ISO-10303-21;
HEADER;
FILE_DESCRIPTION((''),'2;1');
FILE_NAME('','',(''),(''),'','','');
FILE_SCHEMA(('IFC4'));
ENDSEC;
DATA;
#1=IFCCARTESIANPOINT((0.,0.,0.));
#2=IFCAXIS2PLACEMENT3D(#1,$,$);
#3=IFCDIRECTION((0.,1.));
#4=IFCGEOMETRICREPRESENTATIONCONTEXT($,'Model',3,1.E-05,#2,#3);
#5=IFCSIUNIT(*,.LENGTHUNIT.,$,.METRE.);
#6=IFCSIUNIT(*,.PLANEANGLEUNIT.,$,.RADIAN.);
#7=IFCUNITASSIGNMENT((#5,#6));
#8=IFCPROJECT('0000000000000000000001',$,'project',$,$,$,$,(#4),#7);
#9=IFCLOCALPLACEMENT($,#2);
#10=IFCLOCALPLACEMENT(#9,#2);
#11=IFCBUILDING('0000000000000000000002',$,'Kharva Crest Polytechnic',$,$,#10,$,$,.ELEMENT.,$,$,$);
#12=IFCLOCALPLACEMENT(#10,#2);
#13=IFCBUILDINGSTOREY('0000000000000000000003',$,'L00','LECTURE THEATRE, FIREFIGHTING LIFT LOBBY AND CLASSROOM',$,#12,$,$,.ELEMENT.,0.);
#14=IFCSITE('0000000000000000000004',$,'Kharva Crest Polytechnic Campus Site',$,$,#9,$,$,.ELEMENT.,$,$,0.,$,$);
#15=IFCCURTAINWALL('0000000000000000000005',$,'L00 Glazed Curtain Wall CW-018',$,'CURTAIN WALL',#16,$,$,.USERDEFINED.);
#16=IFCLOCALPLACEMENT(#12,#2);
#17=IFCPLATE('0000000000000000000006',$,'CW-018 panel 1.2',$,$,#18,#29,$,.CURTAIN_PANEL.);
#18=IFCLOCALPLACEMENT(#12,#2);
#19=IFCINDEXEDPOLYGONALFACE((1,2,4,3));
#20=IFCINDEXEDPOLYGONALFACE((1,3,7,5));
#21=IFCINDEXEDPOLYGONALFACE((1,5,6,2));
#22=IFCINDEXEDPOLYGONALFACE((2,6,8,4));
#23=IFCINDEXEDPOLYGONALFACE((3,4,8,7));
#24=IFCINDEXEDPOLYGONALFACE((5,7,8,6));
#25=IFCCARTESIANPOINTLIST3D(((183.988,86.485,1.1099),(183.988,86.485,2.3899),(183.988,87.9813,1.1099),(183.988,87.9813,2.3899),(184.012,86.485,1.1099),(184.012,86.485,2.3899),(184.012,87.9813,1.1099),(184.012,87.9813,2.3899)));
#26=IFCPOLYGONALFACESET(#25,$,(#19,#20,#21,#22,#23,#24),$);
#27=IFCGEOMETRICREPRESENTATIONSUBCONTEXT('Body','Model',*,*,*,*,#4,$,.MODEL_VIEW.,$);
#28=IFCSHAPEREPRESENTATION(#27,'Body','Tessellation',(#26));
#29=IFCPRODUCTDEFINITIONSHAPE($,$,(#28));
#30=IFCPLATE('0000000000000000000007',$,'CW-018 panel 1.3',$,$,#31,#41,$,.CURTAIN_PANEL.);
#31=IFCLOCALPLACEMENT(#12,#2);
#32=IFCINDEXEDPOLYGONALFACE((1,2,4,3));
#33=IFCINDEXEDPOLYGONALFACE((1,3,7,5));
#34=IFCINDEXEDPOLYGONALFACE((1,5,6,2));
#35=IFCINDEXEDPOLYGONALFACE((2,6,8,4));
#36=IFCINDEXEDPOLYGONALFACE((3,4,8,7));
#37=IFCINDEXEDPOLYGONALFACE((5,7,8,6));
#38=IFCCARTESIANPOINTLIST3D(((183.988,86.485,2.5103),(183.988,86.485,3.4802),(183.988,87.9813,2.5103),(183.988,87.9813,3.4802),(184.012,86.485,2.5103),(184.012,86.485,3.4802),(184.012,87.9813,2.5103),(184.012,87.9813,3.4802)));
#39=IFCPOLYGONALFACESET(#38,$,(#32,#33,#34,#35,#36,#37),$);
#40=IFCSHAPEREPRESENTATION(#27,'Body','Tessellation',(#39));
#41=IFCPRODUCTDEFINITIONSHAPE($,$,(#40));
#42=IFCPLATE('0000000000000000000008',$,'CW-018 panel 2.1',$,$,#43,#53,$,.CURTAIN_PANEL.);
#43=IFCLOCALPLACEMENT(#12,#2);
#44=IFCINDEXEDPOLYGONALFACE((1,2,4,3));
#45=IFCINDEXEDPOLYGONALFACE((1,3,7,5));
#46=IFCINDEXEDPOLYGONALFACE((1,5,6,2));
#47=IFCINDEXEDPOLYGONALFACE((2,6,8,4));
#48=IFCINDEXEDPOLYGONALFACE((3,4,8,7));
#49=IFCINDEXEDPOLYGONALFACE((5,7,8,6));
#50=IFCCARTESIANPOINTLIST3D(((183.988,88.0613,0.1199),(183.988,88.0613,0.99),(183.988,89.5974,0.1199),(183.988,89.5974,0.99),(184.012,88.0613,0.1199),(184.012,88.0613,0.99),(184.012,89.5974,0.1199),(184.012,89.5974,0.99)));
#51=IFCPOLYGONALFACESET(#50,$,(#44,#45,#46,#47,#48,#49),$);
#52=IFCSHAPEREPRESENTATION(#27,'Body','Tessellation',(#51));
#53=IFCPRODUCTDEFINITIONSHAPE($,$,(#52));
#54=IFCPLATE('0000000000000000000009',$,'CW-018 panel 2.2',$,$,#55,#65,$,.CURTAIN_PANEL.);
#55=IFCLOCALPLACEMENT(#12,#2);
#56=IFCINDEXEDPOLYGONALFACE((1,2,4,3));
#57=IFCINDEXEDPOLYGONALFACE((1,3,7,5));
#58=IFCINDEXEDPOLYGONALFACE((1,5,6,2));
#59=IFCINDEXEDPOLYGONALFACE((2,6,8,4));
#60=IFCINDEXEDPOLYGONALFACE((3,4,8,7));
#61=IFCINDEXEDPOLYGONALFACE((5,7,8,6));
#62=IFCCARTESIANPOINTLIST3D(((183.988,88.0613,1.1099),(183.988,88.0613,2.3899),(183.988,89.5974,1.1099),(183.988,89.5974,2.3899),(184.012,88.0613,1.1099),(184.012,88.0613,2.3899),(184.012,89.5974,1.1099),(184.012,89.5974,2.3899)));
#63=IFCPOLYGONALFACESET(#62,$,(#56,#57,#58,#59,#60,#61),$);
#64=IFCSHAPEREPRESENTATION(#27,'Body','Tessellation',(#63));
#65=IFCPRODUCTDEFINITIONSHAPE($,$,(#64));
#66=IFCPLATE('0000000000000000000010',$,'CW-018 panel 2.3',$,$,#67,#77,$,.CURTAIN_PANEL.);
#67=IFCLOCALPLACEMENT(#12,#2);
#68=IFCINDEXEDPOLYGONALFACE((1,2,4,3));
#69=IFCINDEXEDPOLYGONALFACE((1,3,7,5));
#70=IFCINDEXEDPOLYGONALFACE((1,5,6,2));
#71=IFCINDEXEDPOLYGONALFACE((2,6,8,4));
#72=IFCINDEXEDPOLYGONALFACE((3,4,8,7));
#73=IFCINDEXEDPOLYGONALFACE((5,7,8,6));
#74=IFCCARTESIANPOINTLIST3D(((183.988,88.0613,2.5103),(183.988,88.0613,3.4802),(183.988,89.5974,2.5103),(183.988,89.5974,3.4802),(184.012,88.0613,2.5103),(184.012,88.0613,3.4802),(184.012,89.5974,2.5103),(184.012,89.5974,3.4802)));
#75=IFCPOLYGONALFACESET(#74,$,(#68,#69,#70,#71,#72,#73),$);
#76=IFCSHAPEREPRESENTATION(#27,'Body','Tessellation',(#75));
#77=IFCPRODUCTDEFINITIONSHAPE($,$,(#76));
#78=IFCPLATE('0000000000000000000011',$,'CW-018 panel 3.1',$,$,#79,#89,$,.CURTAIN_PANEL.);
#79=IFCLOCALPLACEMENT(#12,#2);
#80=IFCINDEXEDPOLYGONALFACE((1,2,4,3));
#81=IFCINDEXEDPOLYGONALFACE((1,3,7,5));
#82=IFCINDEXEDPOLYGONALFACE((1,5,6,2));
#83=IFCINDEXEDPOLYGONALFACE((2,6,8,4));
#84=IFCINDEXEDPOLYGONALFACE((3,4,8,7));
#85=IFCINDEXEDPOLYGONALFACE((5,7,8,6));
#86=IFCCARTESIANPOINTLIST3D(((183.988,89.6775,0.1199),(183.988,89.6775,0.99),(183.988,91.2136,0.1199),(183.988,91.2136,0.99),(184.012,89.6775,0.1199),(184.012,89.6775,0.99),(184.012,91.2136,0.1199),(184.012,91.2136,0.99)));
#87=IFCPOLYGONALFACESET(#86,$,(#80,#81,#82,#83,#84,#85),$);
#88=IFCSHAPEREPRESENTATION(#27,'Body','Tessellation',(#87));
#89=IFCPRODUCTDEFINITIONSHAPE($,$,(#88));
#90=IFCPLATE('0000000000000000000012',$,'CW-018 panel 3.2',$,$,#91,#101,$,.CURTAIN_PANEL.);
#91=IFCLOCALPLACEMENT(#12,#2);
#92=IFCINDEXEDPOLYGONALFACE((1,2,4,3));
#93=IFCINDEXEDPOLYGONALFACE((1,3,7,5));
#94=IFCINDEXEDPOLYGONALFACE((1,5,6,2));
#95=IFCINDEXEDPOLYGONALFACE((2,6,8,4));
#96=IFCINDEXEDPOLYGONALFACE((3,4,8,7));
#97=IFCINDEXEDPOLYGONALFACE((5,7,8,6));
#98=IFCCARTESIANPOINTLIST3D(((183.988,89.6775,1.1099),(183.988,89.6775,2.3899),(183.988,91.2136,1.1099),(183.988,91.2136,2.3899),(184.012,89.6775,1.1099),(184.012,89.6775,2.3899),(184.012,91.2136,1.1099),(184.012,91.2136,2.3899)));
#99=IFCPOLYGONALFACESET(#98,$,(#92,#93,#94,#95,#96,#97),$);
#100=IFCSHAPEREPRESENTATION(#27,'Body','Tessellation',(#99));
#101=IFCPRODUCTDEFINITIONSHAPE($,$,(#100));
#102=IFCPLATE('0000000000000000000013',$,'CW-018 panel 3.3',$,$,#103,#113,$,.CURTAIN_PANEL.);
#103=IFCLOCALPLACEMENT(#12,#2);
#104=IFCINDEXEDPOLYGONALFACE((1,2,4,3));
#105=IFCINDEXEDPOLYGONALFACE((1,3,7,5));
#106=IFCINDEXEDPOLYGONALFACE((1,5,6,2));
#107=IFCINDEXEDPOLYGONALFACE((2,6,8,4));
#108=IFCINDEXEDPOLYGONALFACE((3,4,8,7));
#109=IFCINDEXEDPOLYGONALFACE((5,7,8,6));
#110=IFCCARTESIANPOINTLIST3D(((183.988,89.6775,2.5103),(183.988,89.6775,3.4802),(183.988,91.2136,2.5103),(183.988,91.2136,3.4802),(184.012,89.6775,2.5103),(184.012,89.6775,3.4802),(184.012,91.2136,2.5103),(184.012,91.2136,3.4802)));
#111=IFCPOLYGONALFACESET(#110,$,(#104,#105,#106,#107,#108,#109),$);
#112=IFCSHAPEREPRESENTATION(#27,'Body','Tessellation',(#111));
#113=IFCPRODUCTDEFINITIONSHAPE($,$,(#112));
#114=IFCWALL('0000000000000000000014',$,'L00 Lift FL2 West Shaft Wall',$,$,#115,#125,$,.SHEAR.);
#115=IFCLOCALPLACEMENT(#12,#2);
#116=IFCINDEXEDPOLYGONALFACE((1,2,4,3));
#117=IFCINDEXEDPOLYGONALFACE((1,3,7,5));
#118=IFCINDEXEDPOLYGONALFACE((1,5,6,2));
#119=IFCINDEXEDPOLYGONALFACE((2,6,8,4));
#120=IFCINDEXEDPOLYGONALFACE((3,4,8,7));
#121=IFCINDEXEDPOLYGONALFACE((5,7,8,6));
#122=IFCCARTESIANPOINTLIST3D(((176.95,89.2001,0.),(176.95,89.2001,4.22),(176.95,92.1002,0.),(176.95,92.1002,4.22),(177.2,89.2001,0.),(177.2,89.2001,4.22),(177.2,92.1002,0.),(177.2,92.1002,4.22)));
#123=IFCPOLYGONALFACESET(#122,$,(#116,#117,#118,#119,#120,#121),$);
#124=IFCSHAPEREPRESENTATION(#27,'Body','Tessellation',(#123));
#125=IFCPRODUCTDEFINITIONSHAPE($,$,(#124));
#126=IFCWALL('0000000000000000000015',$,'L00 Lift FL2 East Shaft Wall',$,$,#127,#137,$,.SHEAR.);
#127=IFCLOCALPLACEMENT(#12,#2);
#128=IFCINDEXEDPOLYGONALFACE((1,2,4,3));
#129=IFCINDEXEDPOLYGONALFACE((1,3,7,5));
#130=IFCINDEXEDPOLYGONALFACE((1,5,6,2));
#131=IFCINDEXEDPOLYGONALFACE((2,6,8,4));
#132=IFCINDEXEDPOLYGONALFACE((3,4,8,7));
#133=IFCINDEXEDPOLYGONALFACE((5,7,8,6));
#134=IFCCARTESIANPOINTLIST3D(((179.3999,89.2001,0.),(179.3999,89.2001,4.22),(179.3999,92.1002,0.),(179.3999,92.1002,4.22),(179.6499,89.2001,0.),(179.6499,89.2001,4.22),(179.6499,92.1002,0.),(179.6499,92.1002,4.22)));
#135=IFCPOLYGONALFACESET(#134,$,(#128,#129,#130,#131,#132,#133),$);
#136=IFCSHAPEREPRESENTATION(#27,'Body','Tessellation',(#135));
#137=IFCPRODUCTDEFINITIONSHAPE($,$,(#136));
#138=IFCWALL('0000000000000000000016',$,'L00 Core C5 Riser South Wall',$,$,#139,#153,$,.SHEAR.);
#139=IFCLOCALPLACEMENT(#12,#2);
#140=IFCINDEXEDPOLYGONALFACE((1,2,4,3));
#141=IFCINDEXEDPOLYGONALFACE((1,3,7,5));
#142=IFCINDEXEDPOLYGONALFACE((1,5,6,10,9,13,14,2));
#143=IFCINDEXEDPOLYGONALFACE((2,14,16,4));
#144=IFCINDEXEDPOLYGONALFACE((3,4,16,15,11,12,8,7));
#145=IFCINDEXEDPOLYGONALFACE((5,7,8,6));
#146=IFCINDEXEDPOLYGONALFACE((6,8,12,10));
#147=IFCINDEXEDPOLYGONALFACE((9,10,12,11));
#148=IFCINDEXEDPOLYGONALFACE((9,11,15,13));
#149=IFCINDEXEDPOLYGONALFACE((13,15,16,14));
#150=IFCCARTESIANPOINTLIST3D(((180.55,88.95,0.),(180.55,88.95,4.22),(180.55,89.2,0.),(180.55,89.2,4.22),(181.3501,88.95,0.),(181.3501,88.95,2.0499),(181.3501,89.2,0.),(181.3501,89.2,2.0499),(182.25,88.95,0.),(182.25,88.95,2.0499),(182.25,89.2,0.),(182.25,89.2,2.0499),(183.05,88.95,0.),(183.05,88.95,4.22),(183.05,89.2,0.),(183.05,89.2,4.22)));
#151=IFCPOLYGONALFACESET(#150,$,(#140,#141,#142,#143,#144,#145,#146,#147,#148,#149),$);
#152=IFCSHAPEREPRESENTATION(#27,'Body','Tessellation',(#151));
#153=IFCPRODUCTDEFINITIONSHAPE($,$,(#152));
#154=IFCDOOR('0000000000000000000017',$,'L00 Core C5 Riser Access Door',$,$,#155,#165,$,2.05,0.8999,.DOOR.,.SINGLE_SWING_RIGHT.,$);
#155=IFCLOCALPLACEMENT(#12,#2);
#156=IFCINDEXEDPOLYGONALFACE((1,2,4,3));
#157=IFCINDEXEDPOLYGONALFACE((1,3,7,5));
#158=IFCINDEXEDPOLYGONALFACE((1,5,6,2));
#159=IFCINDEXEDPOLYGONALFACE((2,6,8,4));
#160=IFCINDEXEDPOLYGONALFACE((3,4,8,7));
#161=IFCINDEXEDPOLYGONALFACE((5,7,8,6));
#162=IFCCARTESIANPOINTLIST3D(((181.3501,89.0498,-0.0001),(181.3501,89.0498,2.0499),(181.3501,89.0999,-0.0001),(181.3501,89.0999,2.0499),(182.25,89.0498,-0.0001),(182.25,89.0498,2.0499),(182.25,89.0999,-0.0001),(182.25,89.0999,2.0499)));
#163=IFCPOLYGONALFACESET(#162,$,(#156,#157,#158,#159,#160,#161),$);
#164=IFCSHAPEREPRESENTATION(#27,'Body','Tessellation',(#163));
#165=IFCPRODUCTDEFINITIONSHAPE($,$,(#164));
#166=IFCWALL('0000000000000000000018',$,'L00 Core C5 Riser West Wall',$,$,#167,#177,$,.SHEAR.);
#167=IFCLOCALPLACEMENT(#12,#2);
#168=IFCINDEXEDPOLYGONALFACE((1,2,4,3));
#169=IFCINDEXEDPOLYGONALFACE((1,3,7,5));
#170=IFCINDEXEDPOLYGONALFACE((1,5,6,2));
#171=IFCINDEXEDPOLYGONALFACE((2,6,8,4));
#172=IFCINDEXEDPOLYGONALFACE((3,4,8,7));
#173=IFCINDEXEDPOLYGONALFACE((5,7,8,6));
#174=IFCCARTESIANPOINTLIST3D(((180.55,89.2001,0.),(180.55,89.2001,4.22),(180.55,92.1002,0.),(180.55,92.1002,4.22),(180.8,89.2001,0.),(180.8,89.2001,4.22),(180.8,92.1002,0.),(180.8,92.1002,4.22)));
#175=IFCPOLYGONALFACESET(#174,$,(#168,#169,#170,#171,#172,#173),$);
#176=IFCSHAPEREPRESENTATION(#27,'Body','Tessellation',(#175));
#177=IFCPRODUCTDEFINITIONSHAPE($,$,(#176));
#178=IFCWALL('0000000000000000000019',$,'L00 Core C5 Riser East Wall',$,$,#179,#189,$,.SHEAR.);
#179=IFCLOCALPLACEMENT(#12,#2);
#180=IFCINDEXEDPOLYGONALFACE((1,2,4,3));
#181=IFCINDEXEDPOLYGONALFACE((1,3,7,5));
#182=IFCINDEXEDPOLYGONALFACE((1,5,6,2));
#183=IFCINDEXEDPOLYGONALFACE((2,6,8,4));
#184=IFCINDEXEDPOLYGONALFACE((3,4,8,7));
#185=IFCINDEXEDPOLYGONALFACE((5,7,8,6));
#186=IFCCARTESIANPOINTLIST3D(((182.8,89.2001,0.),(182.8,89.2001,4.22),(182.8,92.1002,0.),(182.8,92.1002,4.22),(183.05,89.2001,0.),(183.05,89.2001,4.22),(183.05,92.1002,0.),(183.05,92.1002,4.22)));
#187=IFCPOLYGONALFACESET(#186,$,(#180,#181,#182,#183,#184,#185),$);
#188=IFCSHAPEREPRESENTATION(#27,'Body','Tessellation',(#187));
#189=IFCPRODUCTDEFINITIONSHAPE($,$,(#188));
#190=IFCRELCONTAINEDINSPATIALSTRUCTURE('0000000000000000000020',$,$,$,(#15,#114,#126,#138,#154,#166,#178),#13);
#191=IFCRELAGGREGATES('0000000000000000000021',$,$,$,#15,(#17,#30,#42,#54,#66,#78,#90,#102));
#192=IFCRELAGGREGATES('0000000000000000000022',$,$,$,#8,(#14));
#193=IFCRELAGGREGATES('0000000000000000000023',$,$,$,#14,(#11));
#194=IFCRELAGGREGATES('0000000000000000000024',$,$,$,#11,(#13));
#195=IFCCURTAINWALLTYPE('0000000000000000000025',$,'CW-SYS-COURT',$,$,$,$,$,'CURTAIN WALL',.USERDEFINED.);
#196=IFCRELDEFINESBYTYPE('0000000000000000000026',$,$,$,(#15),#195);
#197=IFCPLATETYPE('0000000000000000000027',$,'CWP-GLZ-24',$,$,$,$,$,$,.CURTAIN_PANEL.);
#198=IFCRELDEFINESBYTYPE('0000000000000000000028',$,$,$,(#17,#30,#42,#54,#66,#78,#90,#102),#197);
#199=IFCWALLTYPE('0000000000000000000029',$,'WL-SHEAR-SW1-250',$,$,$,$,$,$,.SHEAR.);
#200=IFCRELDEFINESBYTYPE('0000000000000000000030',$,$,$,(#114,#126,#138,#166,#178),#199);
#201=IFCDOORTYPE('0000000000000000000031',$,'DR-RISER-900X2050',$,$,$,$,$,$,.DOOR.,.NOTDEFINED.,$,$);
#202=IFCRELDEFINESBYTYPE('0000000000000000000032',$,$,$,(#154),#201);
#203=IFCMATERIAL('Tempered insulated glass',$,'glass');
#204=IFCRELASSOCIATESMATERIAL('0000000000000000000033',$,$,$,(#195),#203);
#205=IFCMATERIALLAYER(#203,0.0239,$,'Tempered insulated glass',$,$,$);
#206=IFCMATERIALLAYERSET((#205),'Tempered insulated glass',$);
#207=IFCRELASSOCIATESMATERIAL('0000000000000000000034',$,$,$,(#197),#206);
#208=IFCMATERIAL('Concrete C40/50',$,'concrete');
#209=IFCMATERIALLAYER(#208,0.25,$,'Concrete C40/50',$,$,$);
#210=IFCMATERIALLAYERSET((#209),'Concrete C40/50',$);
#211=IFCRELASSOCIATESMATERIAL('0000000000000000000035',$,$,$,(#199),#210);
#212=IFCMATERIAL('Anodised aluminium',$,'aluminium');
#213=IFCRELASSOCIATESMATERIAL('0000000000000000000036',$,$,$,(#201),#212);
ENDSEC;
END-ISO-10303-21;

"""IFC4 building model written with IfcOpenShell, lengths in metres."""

from ifc_helpers import new_model, si_unit, direction, frame, frame_2d, origin, origin_2d, place, context, subcontext, project, spatial, rectangle, extrude, material, layer, layer_set, type_object, element, fill, aggregate, save


model = new_model("IFC4")

# Units and contexts
model_context = context("Model", 3, precision=1e-05, world=origin(), true_north=direction((0.0, 1.0)))
body_context = subcontext(model_context, "Body", "Model", "MODEL_VIEW")
ifc_project = project(units=[si_unit("LENGTHUNIT", "METRE"), si_unit("PLANEANGLEUNIT", "RADIAN")], contexts=[model_context])

# Site, building, storey
site_placement = place(None, origin())
site = spatial("IfcSite", under=ifc_project, at=site_placement, Name="Kharva Crest Polytechnic Campus Site", CompositionType="ELEMENT", RefElevation=0.0)
building_placement = place(site_placement, origin())
building = spatial("IfcBuilding", under=site, at=building_placement, Name="Kharva Crest Polytechnic", CompositionType="ELEMENT")
storey_placement = place(building_placement, origin())
storey = spatial("IfcBuildingStorey", under=building, at=storey_placement, Name="L00", Description="LECTURE THEATRE, FIREFIGHTING LIFT LOBBY AND CLASSROOM", CompositionType="ELEMENT", Elevation=0.0)

# Curtain wall, plates
ifc_material_1 = material(Name="Tempered insulated glass", Category="glass")
curtain_wall_type = type_object("IfcCurtainWallType", Name="CW-SYS-COURT", ElementType="CURTAIN WALL", PredefinedType="USERDEFINED", material=ifc_material_1)
curtain_wall_placement = place(storey_placement, origin())
curtain_wall = element("IfcCurtainWall", 1, at=curtain_wall_placement, inside=storey, type_object=curtain_wall_type, Name="L00 Glazed Curtain Wall CW-018", ObjectType="CURTAIN WALL", PredefinedType="USERDEFINED")
ifc_layer_1 = layer(ifc_material_1, 0.0239, Name="Tempered insulated glass")
ifc_layer_set_1 = layer_set([ifc_layer_1], Name="Tempered insulated glass")
plate_type = type_object("IfcPlateType", Name="CWP-GLZ-24", PredefinedType="CURTAIN_PANEL", material=ifc_layer_set_1)
plate_1_placement = place(storey_placement, frame((184.0, 87.2332, 1.1099), z_axis=(0.0, 0.0, 1.0), x_axis=(0.0, 1.0, 0.0)))
plate_1 = element("IfcPlate", 2, at=plate_1_placement, type_object=plate_type, Name="CW-018 panel 1.2", PredefinedType="CURTAIN_PANEL", context=body_context, shape_type="SweptSolid", body=[
    extrude(rectangle(XDim=1.4963, YDim=0.0239, at=origin_2d()), origin(), (0.0, 0.0, 1.0), 1.28),
])
plate_2_placement = place(storey_placement, frame((184.0, 87.2332, 2.5103), z_axis=(0.0, 0.0, 1.0), x_axis=(0.0, 1.0, 0.0)))
plate_2 = element("IfcPlate", 3, at=plate_2_placement, type_object=plate_type, Name="CW-018 panel 1.3", PredefinedType="CURTAIN_PANEL", context=body_context, shape_type="SweptSolid", body=[
    extrude(rectangle(XDim=1.4963, YDim=0.0239, at=origin_2d()), origin(), (0.0, 0.0, 1.0), 0.97),
])
plate_3_placement = place(storey_placement, frame((184.0, 88.8293, 0.1199), z_axis=(0.0, 0.0, 1.0), x_axis=(0.0, 1.0, 0.0)))
plate_3 = element("IfcPlate", 4, at=plate_3_placement, type_object=plate_type, Name="CW-018 panel 2.1", PredefinedType="CURTAIN_PANEL", context=body_context, shape_type="SweptSolid", body=[
    extrude(rectangle(XDim=1.5361, YDim=0.0239, at=origin_2d()), origin(), (0.0, 0.0, 1.0), 0.8701),
])
plate_4_placement = place(storey_placement, frame((184.0, 88.8293, 1.1099), z_axis=(0.0, 0.0, 1.0), x_axis=(0.0, 1.0, 0.0)))
plate_4 = element("IfcPlate", 5, at=plate_4_placement, type_object=plate_type, Name="CW-018 panel 2.2", PredefinedType="CURTAIN_PANEL", context=body_context, shape_type="SweptSolid", body=[
    extrude(rectangle(XDim=1.5361, YDim=0.0239, at=origin_2d()), origin(), (0.0, 0.0, 1.0), 1.28),
])
plate_5_placement = place(storey_placement, frame((184.0, 88.8293, 2.5103), z_axis=(0.0, 0.0, 1.0), x_axis=(0.0, 1.0, 0.0)))
plate_5 = element("IfcPlate", 6, at=plate_5_placement, type_object=plate_type, Name="CW-018 panel 2.3", PredefinedType="CURTAIN_PANEL", context=body_context, shape_type="SweptSolid", body=[
    extrude(rectangle(XDim=1.5361, YDim=0.0239, at=origin_2d()), origin(), (0.0, 0.0, 1.0), 0.97),
])
plate_6_placement = place(storey_placement, frame((184.0, 90.4456, 0.1199), z_axis=(0.0, 0.0, 1.0), x_axis=(0.0, 1.0, 0.0)))
plate_6 = element("IfcPlate", 7, at=plate_6_placement, type_object=plate_type, Name="CW-018 panel 3.1", PredefinedType="CURTAIN_PANEL", context=body_context, shape_type="SweptSolid", body=[
    extrude(rectangle(XDim=1.5361, YDim=0.0239, at=origin_2d()), origin(), (0.0, 0.0, 1.0), 0.8701),
])
plate_7_placement = place(storey_placement, frame((184.0, 90.4456, 1.1099), z_axis=(0.0, 0.0, 1.0), x_axis=(0.0, 1.0, 0.0)))
plate_7 = element("IfcPlate", 8, at=plate_7_placement, type_object=plate_type, Name="CW-018 panel 3.2", PredefinedType="CURTAIN_PANEL", context=body_context, shape_type="SweptSolid", body=[
    extrude(rectangle(XDim=1.5361, YDim=0.0239, at=origin_2d()), origin(), (0.0, 0.0, 1.0), 1.28),
])
plate_8_placement = place(storey_placement, frame((184.0, 90.4456, 2.5103), z_axis=(0.0, 0.0, 1.0), x_axis=(0.0, 1.0, 0.0)))
plate_8 = element("IfcPlate", 9, at=plate_8_placement, type_object=plate_type, Name="CW-018 panel 3.3", PredefinedType="CURTAIN_PANEL", context=body_context, shape_type="SweptSolid", body=[
    extrude(rectangle(XDim=1.5361, YDim=0.0239, at=origin_2d()), origin(), (0.0, 0.0, 1.0), 0.97),
])
aggregate(curtain_wall, [plate_1, plate_2, plate_3, plate_4, plate_5, plate_6, plate_7, plate_8])

# Shared definitions
ifc_material_2 = material(Name="Concrete C40/50", Category="concrete")
ifc_layer_2 = layer(ifc_material_2, 0.25, Name="Concrete C40/50")
ifc_layer_set_2 = layer_set([ifc_layer_2], Name="Concrete C40/50")
wall_type = type_object("IfcWallType", Name="WL-SHEAR-SW1-250", PredefinedType="SHEAR", material=ifc_layer_set_2)
ifc_material_3 = material(Name="Anodised aluminium", Category="aluminium")

# Walls
for number, where, z_axis, x_axis, name in (
    (10, (177.075, 89.2, 0.0), (0.0, 0.0, 1.0), (0.0, 1.0, 0.0), "L00 Lift FL2 West Shaft Wall"),
    (11, (179.5249, 89.2, 0.0), (0.0, 0.0, 1.0), (0.0, 1.0, 0.0), "L00 Lift FL2 East Shaft Wall"),
):
    element("IfcWall", number, at=place(storey_placement, frame(where, z_axis=z_axis, x_axis=x_axis)), inside=storey, type_object=wall_type, Name=name, PredefinedType="SHEAR", context=body_context, shape_type="SweptSolid", body=[
        extrude(rectangle(XDim=2.9001, YDim=0.25, at=frame_2d((1.4502, 0.0))), origin(), (0.0, 0.0, 1.0), 4.22),
    ])

# Wall, opening, door
wall_1_placement = place(storey_placement, frame((180.55, 89.075, 0.0), z_axis=(0.0, 0.0, 1.0), x_axis=(1.0, 0.0, 0.0)))
wall_1 = element("IfcWall", 12, at=wall_1_placement, inside=storey, type_object=wall_type, Name="L00 Core C5 Riser South Wall", PredefinedType="SHEAR", context=body_context, shape_type="SweptSolid", body=[
    extrude(rectangle(XDim=2.5, YDim=0.25, at=frame_2d((1.25, 0.0))), origin(), (0.0, 0.0, 1.0), 4.22),
])
opening_1_placement = place(wall_1_placement, frame((0.8, 0.0, 0.0)))
opening_1 = element("IfcOpeningElement", 13, at=opening_1_placement, cuts=wall_1, PredefinedType="OPENING", context=body_context, shape_type="SweptSolid", body=[
    extrude(rectangle(XDim=0.8999, YDim=2.05, at=frame_2d((0.45, 1.0249))), frame((0.0, 0.135, 0.0), z_axis=(0.0, -1.0, 0.0), x_axis=(1.0, 0.0, 0.0)), (0.0, 0.0, 1.0), 0.27),
])
door_type_1 = type_object("IfcDoorType", Name="DR-RISER-900X2050", OperationType="NOTDEFINED", PredefinedType="DOOR", material=ifc_material_3)
door_1_placement = place(opening_1_placement, origin())
door_1 = element("IfcDoor", 14, at=door_1_placement, inside=storey, type_object=door_type_1, Name="L00 Core C5 Riser Access Door", OperationType="SINGLE_SWING_RIGHT", OverallHeight=2.05, OverallWidth=0.8999, PredefinedType="DOOR", context=body_context, shape_type="SweptSolid", body=[
    extrude(rectangle(XDim=0.8999, YDim=2.05, at=frame_2d((0.45, 1.0249))), frame((0.0, 0.0249, 0.0), z_axis=(0.0, -1.0, 0.0), x_axis=(1.0, 0.0, 0.0)), (0.0, 0.0, 1.0), 0.05),
])
fill(opening_1, door_1)

# Walls
for number, where, z_axis, x_axis, name in (
    (15, (180.675, 89.2, 0.0), (0.0, 0.0, 1.0), (0.0, 1.0, 0.0), "L00 Core C5 Riser West Wall"),
    (16, (182.925, 89.2, 0.0), (0.0, 0.0, 1.0), (0.0, 1.0, 0.0), "L00 Core C5 Riser East Wall"),
):
    element("IfcWall", number, at=place(storey_placement, frame(where, z_axis=z_axis, x_axis=x_axis)), inside=storey, type_object=wall_type, Name=name, PredefinedType="SHEAR", context=body_context, shape_type="SweptSolid", body=[
        extrude(rectangle(XDim=2.9001, YDim=0.25, at=frame_2d((1.4502, 0.0))), origin(), (0.0, 0.0, 1.0), 4.22),
    ])

save(model, "model.ifc")
